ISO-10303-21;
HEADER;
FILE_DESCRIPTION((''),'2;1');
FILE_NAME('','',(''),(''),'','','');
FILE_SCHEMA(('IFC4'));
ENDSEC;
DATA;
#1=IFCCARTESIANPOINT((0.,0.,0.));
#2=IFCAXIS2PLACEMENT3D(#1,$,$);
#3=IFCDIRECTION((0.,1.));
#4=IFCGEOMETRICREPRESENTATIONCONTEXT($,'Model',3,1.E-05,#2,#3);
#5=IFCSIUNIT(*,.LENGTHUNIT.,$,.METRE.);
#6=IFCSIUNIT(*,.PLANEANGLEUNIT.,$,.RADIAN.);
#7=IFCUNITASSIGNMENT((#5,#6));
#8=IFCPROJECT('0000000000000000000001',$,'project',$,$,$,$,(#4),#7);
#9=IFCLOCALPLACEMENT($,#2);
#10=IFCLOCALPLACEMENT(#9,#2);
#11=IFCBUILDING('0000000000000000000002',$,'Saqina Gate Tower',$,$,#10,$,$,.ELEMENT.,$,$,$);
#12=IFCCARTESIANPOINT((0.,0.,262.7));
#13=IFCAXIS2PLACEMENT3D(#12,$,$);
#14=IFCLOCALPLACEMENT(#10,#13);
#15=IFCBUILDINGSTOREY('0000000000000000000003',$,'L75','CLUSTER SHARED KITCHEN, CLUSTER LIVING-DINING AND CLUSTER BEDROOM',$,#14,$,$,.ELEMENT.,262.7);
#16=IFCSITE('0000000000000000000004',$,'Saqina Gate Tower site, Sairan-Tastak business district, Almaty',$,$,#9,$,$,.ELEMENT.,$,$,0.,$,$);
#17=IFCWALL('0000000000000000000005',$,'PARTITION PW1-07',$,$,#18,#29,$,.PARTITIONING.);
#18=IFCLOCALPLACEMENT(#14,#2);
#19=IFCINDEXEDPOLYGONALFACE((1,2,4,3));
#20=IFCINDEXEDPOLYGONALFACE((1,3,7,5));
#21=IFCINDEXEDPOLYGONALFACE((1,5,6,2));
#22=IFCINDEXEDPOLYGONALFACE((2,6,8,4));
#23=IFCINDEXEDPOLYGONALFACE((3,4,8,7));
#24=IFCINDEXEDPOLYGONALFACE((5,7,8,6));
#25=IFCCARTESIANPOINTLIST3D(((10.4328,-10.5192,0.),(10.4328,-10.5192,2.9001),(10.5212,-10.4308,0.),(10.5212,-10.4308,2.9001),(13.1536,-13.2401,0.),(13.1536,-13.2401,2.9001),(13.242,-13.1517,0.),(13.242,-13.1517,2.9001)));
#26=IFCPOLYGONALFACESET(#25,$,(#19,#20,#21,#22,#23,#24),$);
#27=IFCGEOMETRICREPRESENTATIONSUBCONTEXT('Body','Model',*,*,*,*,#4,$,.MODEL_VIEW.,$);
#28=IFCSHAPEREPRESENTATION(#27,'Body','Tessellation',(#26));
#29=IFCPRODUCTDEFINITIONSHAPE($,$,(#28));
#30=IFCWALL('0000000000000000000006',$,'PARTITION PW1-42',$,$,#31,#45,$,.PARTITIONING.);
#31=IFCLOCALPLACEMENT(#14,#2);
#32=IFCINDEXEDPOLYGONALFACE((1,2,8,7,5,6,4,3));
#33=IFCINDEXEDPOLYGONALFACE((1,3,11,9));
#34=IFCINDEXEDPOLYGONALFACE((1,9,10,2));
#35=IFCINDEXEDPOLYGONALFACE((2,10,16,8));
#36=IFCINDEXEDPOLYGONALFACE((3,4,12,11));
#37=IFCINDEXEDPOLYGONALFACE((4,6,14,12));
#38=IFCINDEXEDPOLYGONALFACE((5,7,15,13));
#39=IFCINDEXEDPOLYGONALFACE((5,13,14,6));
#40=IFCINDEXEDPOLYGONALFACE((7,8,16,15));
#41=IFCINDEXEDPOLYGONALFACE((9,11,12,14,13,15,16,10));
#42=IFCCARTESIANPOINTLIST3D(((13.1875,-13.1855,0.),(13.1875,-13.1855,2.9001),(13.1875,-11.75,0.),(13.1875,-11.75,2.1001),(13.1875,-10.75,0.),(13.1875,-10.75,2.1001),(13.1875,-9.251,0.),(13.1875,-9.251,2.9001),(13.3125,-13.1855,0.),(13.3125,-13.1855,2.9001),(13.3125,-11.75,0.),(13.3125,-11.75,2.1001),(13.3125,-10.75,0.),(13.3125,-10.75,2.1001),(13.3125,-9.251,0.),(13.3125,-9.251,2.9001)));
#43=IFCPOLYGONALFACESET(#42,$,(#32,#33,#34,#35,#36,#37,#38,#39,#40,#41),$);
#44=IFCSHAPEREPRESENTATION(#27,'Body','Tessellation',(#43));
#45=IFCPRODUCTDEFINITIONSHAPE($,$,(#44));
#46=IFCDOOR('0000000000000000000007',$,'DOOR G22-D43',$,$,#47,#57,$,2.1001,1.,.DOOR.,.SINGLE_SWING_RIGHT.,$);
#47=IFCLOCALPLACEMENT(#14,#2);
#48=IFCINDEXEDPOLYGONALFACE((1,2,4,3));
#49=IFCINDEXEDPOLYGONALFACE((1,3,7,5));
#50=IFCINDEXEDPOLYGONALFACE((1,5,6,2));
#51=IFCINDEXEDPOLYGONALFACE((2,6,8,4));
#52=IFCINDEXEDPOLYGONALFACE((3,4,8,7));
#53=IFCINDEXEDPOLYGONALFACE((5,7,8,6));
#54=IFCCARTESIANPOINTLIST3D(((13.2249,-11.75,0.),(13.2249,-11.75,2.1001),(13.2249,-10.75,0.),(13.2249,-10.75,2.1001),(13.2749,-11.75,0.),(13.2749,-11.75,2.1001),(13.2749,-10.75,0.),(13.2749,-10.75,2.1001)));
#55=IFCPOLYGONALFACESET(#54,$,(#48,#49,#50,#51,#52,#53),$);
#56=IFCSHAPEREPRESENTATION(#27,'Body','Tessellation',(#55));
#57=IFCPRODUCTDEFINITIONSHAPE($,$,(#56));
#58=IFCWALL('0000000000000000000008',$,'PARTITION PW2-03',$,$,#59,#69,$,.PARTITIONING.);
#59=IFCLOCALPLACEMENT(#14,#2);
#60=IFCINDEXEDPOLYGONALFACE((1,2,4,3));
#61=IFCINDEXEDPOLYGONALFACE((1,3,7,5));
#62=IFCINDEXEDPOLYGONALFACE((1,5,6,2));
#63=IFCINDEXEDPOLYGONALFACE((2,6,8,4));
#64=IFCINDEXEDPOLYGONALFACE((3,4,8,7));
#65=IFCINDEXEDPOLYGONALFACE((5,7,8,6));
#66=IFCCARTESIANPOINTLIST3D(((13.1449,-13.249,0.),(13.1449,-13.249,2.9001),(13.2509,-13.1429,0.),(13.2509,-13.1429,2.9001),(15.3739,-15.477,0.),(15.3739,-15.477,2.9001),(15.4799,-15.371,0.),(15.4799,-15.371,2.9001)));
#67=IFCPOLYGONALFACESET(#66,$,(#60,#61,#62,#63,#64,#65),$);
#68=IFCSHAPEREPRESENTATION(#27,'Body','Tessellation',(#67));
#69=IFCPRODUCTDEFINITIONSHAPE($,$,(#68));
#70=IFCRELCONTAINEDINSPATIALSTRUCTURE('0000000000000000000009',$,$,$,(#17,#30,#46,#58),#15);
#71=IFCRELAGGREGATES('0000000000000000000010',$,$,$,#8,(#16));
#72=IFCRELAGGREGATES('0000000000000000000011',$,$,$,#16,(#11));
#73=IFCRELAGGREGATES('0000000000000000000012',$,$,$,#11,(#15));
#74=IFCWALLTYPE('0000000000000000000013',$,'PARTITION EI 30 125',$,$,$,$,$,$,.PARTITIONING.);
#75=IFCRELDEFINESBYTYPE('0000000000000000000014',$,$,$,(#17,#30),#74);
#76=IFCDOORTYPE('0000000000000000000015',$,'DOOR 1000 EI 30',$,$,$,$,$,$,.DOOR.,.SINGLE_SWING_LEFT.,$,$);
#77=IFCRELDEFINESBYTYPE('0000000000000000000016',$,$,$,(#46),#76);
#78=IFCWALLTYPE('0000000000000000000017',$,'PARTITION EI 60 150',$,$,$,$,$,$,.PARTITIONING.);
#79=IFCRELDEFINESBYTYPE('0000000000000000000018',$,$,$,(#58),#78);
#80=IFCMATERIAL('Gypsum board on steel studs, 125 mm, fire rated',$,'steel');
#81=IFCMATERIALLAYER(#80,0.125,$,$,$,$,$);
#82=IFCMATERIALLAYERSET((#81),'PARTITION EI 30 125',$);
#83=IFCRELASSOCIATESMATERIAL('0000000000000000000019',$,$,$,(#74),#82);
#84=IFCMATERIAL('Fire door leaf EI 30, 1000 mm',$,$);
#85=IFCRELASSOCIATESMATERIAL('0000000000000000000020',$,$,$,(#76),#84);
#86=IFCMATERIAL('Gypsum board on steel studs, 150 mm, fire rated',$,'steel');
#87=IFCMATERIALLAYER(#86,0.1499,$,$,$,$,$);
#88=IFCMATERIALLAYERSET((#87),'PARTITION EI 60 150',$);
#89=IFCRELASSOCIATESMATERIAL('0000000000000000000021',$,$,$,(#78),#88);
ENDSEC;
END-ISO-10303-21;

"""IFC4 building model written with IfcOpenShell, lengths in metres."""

from ifc_helpers import new_model, si_unit, direction, frame, frame_2d, origin, place, context, subcontext, project, spatial, rectangle, extrude, material, layer, layer_set, type_object, element, fill, save


model = new_model("IFC4")

# Units and contexts
model_context = context("Model", 3, precision=1e-05, world=origin(), true_north=direction((0.0, 1.0)))
body_context = subcontext(model_context, "Body", "Model", "MODEL_VIEW")
ifc_project = project(units=[si_unit("LENGTHUNIT", "METRE"), si_unit("PLANEANGLEUNIT", "RADIAN")], contexts=[model_context])

# Site, building, storey
site_placement = place(None, origin())
site = spatial("IfcSite", under=ifc_project, at=site_placement, Name="Saqina Gate Tower site, Sairan-Tastak business district, Almaty", CompositionType="ELEMENT", RefElevation=0.0)
building_placement = place(site_placement, origin())
building = spatial("IfcBuilding", under=site, at=building_placement, Name="Saqina Gate Tower", CompositionType="ELEMENT")
storey_placement = place(building_placement, frame((0.0, 0.0, 262.7)))
storey = spatial("IfcBuildingStorey", under=building, at=storey_placement, Name="L75", Description="CLUSTER SHARED KITCHEN, CLUSTER LIVING-DINING AND CLUSTER BEDROOM", CompositionType="ELEMENT", Elevation=262.7)

# Wall
ifc_material_1 = material(Name="Gypsum board on steel studs, 125 mm, fire rated", Category="steel")
ifc_layer_1 = layer(ifc_material_1, 0.125)
ifc_layer_set_1 = layer_set([ifc_layer_1], Name="PARTITION EI 30 125")
wall_type_1 = type_object("IfcWallType", Name="PARTITION EI 30 125", PredefinedType="PARTITIONING", material=ifc_layer_set_1)
wall_1_placement = place(storey_placement, frame((10.4771, -10.4751, 0.0), z_axis=(0.0, 0.0, 1.0), x_axis=(0.707107, -0.707107, 0.0)))
element("IfcWall", 1, at=wall_1_placement, inside=storey, type_object=wall_type_1, Name="PARTITION PW1-07", PredefinedType="PARTITIONING", context=body_context, shape_type="SweptSolid", body=[
    extrude(rectangle(XDim=3.8479, YDim=0.125, at=frame_2d((1.9238, 0.0))), origin(), (0.0, 0.0, 1.0), 2.9001),
])

# Wall, opening, door
wall_2_placement = place(storey_placement, frame((13.25, -13.1855, 0.0), z_axis=(0.0, 0.0, 1.0), x_axis=(0.0, 1.0, 0.0)))
wall_2 = element("IfcWall", 2, at=wall_2_placement, inside=storey, type_object=wall_type_1, Name="PARTITION PW1-42", PredefinedType="PARTITIONING", context=body_context, shape_type="SweptSolid", body=[
    extrude(rectangle(XDim=3.9346, YDim=0.125, at=frame_2d((1.9673, 0.0))), origin(), (0.0, 0.0, 1.0), 2.9001),
])
opening_1_placement = place(wall_2_placement, frame((1.4355, 0.0, 0.0)))
opening_1 = element("IfcOpeningElement", 3, at=opening_1_placement, cuts=wall_2, PredefinedType="OPENING", context=body_context, shape_type="SweptSolid", body=[
    extrude(rectangle(XDim=1.0, YDim=2.1001, at=frame_2d((0.5, 1.05))), frame((0.0, 0.0745, 0.0), z_axis=(0.0, -1.0, 0.0), x_axis=(1.0, 0.0, 0.0)), (0.0, 0.0, 1.0), 0.1489),
])
ifc_material_2 = material(Name="Fire door leaf EI 30, 1000 mm")
door_type_1 = type_object("IfcDoorType", Name="DOOR 1000 EI 30", OperationType="SINGLE_SWING_LEFT", PredefinedType="DOOR", material=ifc_material_2)
door_1_placement = place(opening_1_placement, frame((1.0, 0.0, 0.0), z_axis=(0.0, 0.0, 1.0), x_axis=(-1.0, 0.0, 0.0)))
door_1 = element("IfcDoor", 4, at=door_1_placement, inside=storey, type_object=door_type_1, Name="DOOR G22-D43", OperationType="SINGLE_SWING_RIGHT", OverallHeight=2.1001, OverallWidth=1.0, PredefinedType="DOOR", context=body_context, shape_type="SweptSolid", body=[
    extrude(rectangle(XDim=1.0, YDim=2.1001, at=frame_2d((0.5, 1.05))), frame((0.0, 0.0249, 0.0), z_axis=(0.0, -1.0, 0.0), x_axis=(1.0, 0.0, 0.0)), (0.0, 0.0, 1.0), 0.05),
])
fill(opening_1, door_1)

# Wall
ifc_material_3 = material(Name="Gypsum board on steel studs, 150 mm, fire rated", Category="steel")
ifc_layer_2 = layer(ifc_material_3, 0.1499)
ifc_layer_set_2 = layer_set([ifc_layer_2], Name="PARTITION EI 60 150")
wall_type_2 = type_object("IfcWallType", Name="PARTITION EI 60 150", PredefinedType="PARTITIONING", material=ifc_layer_set_2)
wall_3_placement = place(storey_placement, frame((13.198, -13.196, 0.0), z_axis=(0.0, 0.0, 1.0), x_axis=(0.707262, -0.706952, 0.0)))
element("IfcWall", 5, at=wall_3_placement, inside=storey, type_object=wall_type_2, Name="PARTITION PW2-03", PredefinedType="PARTITIONING", context=body_context, shape_type="SweptSolid", body=[
    extrude(rectangle(XDim=3.1516, YDim=0.1499, at=frame_2d((1.5757, 0.0))), origin(), (0.0, 0.0, 1.0), 2.9001),
])

save(model, "model.ifc")
